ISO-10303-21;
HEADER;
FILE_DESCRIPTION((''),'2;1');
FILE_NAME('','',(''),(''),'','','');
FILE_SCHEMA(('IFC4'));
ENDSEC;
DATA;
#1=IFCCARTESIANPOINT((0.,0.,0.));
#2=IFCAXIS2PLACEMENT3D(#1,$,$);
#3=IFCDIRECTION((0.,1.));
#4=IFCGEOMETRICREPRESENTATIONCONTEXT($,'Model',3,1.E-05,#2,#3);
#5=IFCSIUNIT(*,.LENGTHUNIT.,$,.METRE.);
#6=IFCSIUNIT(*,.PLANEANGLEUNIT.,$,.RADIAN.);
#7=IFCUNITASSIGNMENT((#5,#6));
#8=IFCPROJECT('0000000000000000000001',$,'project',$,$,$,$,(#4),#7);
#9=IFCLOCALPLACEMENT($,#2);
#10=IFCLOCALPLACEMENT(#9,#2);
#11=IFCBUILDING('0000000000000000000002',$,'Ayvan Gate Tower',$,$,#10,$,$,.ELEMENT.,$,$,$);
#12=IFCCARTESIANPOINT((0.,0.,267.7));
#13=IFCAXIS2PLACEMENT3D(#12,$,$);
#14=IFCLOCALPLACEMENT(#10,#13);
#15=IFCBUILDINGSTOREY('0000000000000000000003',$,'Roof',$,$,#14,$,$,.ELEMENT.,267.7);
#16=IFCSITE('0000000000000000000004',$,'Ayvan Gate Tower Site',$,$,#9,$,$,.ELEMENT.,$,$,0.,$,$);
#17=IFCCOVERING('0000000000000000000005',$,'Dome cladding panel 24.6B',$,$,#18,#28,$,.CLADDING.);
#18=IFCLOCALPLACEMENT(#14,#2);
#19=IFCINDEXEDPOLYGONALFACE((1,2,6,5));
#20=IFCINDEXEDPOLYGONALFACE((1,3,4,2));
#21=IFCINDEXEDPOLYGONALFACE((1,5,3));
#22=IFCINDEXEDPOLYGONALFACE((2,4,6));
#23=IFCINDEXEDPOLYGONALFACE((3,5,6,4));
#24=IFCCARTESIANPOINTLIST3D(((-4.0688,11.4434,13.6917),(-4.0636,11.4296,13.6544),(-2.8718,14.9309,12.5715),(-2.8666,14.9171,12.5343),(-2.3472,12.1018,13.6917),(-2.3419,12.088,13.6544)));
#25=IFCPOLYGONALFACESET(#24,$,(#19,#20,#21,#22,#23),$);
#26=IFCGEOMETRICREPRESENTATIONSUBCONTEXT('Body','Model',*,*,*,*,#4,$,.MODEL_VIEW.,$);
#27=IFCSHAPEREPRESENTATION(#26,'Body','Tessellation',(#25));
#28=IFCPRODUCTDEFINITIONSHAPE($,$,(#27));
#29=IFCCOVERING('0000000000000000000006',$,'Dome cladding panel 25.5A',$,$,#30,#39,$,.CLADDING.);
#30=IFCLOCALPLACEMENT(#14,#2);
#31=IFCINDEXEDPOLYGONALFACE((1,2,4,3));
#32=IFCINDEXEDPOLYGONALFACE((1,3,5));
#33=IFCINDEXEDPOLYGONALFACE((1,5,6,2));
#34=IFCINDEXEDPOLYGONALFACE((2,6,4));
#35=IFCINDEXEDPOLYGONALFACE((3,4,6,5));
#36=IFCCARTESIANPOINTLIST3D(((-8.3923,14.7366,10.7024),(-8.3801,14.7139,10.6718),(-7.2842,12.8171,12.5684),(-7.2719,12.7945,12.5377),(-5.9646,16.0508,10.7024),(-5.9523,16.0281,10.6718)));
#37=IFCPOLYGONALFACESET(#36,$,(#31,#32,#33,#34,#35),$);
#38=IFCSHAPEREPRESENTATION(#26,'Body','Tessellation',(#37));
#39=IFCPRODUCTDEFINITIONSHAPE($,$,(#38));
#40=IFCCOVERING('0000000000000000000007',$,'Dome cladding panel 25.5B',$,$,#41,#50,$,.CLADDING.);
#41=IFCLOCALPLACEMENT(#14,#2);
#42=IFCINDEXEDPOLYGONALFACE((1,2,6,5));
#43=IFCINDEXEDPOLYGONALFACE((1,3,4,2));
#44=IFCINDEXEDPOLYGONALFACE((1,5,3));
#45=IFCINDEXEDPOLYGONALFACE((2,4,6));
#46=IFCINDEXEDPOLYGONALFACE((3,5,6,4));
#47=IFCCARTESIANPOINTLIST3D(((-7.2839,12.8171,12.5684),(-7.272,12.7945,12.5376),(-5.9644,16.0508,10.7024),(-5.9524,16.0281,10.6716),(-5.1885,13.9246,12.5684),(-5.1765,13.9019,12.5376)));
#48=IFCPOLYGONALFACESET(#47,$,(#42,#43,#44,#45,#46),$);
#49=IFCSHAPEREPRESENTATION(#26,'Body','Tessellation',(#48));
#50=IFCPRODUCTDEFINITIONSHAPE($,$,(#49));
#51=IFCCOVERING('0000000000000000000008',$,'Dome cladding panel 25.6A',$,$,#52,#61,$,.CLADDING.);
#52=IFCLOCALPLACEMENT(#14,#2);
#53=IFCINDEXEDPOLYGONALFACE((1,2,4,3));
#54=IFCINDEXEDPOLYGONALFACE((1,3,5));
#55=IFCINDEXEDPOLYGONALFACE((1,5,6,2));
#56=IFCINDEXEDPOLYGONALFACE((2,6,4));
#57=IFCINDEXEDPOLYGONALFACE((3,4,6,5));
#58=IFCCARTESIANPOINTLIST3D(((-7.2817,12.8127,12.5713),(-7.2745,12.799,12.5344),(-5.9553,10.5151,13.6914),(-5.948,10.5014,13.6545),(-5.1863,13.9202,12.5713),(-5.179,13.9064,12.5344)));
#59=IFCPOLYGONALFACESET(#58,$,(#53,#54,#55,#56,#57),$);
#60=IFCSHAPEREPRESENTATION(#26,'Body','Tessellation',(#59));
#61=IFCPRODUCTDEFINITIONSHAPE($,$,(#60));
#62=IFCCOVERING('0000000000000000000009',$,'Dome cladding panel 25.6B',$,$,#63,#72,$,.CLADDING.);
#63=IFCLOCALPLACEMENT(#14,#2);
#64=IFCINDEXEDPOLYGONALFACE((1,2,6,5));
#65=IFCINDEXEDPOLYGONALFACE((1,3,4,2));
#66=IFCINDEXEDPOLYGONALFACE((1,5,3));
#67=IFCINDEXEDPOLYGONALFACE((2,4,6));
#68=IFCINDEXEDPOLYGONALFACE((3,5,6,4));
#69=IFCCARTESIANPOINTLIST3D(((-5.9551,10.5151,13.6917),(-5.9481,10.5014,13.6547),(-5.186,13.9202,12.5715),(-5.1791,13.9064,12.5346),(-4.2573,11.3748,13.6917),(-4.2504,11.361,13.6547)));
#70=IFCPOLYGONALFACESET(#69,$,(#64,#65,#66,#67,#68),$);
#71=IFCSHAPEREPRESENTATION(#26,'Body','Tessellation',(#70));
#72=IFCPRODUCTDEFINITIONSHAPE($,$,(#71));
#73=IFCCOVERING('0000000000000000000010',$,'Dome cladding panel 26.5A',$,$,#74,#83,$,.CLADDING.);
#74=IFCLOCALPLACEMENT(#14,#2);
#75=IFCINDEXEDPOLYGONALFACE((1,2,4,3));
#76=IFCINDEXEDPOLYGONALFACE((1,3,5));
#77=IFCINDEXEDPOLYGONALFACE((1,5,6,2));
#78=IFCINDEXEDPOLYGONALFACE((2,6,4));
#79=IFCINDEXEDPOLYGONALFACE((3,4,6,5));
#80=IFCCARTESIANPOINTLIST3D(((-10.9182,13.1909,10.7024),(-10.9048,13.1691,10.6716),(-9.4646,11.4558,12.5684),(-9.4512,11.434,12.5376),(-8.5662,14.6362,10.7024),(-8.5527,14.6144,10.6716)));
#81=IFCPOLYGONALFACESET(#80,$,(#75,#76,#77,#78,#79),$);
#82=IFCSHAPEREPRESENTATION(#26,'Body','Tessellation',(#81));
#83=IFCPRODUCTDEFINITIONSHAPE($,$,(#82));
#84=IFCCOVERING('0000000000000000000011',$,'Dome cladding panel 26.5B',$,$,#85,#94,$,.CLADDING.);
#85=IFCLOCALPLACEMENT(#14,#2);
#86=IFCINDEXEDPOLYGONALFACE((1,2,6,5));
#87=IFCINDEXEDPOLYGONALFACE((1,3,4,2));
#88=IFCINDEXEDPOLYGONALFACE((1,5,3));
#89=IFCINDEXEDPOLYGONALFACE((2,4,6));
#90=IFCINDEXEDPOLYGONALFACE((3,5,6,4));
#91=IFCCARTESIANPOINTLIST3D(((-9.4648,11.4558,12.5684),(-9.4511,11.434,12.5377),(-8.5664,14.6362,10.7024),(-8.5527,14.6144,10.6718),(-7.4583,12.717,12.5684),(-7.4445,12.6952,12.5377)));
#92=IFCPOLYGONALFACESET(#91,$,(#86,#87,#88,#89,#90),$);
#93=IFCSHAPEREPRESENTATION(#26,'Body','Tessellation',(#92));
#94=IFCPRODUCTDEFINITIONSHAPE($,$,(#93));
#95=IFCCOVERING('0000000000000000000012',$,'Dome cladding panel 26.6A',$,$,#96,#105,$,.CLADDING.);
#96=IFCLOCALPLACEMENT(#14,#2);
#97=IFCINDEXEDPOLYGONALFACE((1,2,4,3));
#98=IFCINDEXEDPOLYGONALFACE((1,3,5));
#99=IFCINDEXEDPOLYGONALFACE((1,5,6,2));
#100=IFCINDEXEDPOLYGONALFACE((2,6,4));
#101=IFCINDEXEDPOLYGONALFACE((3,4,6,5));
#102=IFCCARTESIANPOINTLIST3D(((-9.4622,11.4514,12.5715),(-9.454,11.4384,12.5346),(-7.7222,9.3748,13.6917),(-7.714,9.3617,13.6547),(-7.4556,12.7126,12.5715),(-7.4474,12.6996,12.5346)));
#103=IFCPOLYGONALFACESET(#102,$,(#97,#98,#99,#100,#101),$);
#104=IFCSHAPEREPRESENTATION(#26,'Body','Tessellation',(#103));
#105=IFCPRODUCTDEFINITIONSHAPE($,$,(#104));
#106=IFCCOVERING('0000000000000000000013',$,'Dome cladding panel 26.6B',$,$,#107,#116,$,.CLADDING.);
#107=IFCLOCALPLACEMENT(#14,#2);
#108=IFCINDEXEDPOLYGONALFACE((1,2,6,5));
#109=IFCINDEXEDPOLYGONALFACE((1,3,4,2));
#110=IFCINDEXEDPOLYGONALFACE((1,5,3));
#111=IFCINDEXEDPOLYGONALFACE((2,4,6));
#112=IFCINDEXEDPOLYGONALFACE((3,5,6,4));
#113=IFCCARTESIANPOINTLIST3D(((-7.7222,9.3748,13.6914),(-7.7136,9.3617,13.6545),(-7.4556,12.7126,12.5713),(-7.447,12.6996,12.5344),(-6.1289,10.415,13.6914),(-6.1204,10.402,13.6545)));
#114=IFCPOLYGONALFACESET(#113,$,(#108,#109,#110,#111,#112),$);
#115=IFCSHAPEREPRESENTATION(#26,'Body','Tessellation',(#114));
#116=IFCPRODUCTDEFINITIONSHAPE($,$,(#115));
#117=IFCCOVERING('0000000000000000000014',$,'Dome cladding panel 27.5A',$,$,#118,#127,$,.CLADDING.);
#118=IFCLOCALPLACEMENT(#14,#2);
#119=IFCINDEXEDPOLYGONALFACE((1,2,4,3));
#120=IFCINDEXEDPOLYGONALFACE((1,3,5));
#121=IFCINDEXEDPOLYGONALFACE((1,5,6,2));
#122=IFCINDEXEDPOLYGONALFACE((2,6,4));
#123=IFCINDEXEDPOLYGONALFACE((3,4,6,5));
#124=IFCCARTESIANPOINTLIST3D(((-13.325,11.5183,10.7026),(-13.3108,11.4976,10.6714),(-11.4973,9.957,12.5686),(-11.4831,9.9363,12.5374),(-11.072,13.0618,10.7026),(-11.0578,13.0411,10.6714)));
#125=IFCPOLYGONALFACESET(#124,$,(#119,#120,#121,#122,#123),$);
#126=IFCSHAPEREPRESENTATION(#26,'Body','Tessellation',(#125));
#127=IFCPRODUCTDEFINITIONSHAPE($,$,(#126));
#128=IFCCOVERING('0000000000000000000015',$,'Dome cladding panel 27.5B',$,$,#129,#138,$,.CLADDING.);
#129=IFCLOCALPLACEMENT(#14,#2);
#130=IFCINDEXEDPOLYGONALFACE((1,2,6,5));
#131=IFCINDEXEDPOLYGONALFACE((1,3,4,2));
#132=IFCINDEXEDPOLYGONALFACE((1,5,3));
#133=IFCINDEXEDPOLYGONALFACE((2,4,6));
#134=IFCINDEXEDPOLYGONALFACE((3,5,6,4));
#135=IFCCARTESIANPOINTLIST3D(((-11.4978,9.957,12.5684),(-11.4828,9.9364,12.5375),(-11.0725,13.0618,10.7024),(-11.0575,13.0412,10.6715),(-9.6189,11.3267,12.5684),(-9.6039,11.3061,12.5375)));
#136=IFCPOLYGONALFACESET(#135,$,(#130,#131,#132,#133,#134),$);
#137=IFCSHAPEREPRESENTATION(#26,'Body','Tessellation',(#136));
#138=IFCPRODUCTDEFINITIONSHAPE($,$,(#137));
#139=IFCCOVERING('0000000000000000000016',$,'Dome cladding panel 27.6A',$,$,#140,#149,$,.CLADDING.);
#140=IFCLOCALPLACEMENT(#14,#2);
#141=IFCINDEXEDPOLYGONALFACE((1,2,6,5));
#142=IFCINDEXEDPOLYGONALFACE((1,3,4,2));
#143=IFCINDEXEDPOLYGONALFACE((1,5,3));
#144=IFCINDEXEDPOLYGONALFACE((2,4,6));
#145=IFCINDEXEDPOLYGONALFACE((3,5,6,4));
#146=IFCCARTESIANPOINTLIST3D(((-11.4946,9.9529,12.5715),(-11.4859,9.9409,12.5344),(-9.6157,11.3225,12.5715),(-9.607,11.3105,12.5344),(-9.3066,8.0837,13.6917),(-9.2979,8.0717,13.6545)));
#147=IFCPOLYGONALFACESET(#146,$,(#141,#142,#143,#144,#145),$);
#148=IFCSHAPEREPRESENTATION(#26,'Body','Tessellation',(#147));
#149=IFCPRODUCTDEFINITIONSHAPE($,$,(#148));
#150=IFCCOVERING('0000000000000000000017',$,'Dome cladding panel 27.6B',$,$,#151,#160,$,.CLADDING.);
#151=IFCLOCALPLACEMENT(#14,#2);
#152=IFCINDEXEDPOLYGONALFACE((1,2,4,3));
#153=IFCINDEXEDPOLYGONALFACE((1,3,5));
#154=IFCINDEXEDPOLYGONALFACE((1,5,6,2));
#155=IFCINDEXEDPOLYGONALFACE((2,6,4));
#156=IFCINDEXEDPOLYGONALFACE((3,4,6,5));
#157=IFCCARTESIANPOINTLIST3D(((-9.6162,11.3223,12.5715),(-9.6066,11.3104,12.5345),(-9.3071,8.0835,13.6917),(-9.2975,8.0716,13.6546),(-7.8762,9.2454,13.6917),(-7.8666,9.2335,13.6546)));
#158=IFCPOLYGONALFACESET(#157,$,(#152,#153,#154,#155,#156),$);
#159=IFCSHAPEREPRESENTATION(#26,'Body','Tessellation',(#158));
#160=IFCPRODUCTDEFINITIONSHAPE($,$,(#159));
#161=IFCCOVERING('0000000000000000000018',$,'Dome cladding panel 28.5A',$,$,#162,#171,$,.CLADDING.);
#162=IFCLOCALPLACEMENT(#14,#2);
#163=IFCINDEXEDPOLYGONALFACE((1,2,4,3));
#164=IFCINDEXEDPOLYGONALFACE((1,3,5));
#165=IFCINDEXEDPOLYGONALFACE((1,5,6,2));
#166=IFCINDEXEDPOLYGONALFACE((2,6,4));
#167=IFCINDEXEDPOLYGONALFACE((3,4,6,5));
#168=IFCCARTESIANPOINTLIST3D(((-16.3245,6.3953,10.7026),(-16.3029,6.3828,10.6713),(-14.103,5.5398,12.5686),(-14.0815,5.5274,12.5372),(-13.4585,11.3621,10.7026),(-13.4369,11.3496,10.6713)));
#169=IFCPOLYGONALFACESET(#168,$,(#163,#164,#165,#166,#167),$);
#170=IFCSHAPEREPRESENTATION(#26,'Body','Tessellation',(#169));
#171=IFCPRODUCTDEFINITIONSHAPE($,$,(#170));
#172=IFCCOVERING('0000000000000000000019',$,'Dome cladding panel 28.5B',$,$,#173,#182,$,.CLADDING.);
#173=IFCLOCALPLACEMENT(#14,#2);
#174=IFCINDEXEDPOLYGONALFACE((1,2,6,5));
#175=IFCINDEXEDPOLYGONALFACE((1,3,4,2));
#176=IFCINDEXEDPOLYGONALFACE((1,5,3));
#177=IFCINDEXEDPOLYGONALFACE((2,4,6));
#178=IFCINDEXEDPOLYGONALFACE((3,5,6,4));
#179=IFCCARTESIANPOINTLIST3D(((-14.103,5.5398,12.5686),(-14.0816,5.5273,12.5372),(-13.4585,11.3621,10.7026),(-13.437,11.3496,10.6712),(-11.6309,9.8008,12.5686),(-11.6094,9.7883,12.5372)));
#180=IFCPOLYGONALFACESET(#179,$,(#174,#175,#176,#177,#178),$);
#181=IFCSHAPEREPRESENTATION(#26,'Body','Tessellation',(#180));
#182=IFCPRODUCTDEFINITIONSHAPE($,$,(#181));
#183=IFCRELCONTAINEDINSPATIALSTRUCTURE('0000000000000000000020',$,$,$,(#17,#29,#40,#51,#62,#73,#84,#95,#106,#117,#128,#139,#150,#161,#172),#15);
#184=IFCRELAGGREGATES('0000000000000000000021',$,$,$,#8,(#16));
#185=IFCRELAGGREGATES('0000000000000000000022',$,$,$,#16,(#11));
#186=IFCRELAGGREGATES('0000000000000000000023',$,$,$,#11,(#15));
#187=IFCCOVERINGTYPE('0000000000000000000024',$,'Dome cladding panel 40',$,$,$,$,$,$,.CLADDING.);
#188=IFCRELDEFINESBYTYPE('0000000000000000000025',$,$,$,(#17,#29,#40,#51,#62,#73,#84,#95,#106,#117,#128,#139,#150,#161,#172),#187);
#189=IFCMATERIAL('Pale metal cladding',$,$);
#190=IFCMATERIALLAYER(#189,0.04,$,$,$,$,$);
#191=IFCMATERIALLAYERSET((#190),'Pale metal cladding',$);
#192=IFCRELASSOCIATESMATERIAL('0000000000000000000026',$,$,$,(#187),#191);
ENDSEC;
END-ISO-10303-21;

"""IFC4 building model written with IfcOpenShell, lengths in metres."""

from ifc_helpers import new_model, si_unit, direction, frame, origin, place, context, subcontext, project, spatial, polyline, outline, extrude, material, layer, layer_set, type_object, element, save


model = new_model("IFC4")

# Units and contexts
model_context = context("Model", 3, precision=1e-05, world=origin(), true_north=direction((0.0, 1.0)))
body_context = subcontext(model_context, "Body", "Model", "MODEL_VIEW")
ifc_project = project(units=[si_unit("LENGTHUNIT", "METRE"), si_unit("PLANEANGLEUNIT", "RADIAN")], contexts=[model_context])

# Site, building, storey
site_placement = place(None, origin())
site = spatial("IfcSite", under=ifc_project, at=site_placement, Name="Ayvan Gate Tower Site", CompositionType="ELEMENT", RefElevation=0.0)
building_placement = place(site_placement, origin())
building = spatial("IfcBuilding", under=site, at=building_placement, Name="Ayvan Gate Tower", CompositionType="ELEMENT")
storey_placement = place(building_placement, frame((0.0, 0.0, 267.7)))
storey = spatial("IfcBuildingStorey", under=building, at=storey_placement, Name="Roof", CompositionType="ELEMENT", Elevation=267.7)

# Coverings
ifc_material_1 = material(Name="Pale metal cladding")
ifc_layer_1 = layer(ifc_material_1, 0.04)
ifc_layer_set_1 = layer_set([ifc_layer_1], Name="Pale metal cladding")
covering_type = type_object("IfcCoveringType", Name="Dome cladding panel 40", PredefinedType="CLADDING", material=ifc_layer_set_1)
covering_1_placement = place(storey_placement, frame((-2.8718, 14.9309, 12.5715), z_axis=(-0.131468, 0.343756, 0.929811), x_axis=(-0.310621, -0.905002, 0.290665)))
element("IfcCovering", 1, at=covering_1_placement, inside=storey, type_object=covering_type, Name="Dome cladding panel 24.6B", PredefinedType="CLADDING", context=body_context, shape_type="SweptSolid", body=[
    extrude(outline(polyline([(0.0, 0.0), (3.8536, 0.0), (2.723, 1.4558), (0.0, 0.0)])), origin(), (0.0, 0.0, -1.0), 0.04),
])
covering_2_placement = place(storey_placement, frame((-5.9646, 16.0508, 10.7024), z_axis=(-0.30667, 0.56651, 0.764866), x_axis=(-0.879415, -0.476055, 0.0)))
element("IfcCovering", 2, at=covering_2_placement, inside=storey, type_object=covering_type, Name="Dome cladding panel 25.5A", PredefinedType="CLADDING", context=body_context, shape_type="SweptSolid", body=[
    extrude(outline(polyline([(0.0, 0.0), (2.7606, 0.0), (2.6999, 2.8966), (0.0, 0.0)])), origin(), (0.0, 0.0, -1.0), 0.04),
])
covering_3_placement = place(storey_placement, frame((-5.9644, 16.0508, 10.7024), z_axis=(-0.298872, 0.565524, 0.768673), x_axis=(-0.333249, -0.816629, 0.471234)))
element("IfcCovering", 3, at=covering_3_placement, inside=storey, type_object=covering_type, Name="Dome cladding panel 25.5B", PredefinedType="CLADDING", context=body_context, shape_type="SweptSolid", body=[
    extrude(outline(polyline([(0.0, 0.0), (3.9597, 0.0), (2.3571, 1.7461), (0.0, 0.0)])), origin(), (0.0, 0.0, -1.0), 0.04),
])
covering_4_placement = place(storey_placement, frame((-5.1863, 13.9202, 12.5713), z_axis=(-0.18185, 0.344095, 0.921157), x_axis=(-0.884126, -0.467249, 0.0)))
element("IfcCovering", 4, at=covering_4_placement, inside=storey, type_object=covering_type, Name="Dome cladding panel 25.6A", PredefinedType="CLADDING", context=body_context, shape_type="SweptSolid", body=[
    extrude(outline(polyline([(0.0, 0.0), (2.3701, 0.0), (2.2709, 2.8781), (0.0, 0.0)])), origin(), (0.0, 0.0, -1.0), 0.04),
])
covering_5_placement = place(storey_placement, frame((-5.186, 13.9202, 12.5715), z_axis=(-0.173622, 0.342904, 0.923186), x_axis=(-0.209771, -0.928787, 0.305533)))
element("IfcCovering", 5, at=covering_5_placement, inside=storey, type_object=covering_type, Name="Dome cladding panel 25.6B", PredefinedType="CLADDING", context=body_context, shape_type="SweptSolid", body=[
    extrude(outline(polyline([(0.0, 0.0), (3.6661, 0.0), (2.5116, 1.5127), (0.0, 0.0)])), origin(), (0.0, 0.0, -1.0), 0.04),
])
covering_6_placement = place(storey_placement, frame((-8.5662, 14.6362, 10.7024), z_axis=(-0.335149, 0.54541, 0.768247), x_axis=(-0.851998, -0.523545, 0.0)))
element("IfcCovering", 6, at=covering_6_placement, inside=storey, type_object=covering_type, Name="Dome cladding panel 26.5A", PredefinedType="CLADDING", context=body_context, shape_type="SweptSolid", body=[
    extrude(outline(polyline([(0.0, 0.0), (2.7606, 0.0), (2.4306, 2.9149), (0.0, 0.0)])), origin(), (0.0, 0.0, -1.0), 0.04),
])
covering_7_placement = place(storey_placement, frame((-8.5664, 14.6362, 10.7024), z_axis=(-0.342893, 0.545536, 0.764732), x_axis=(-0.236725, -0.837995, 0.491656)))
element("IfcCovering", 7, at=covering_7_placement, inside=storey, type_object=covering_type, Name="Dome cladding panel 26.5B", PredefinedType="CLADDING", context=body_context, shape_type="SweptSolid", body=[
    extrude(outline(polyline([(0.0, 0.0), (3.7953, 0.0), (2.2634, 1.8084), (0.0, 0.0)])), origin(), (0.0, 0.0, -1.0), 0.04),
])
covering_8_placement = place(storey_placement, frame((-7.4556, 12.7126, 12.5715), z_axis=(-0.204944, 0.326061, 0.922866), x_axis=(-0.846647, -0.532155, 0.0)))
element("IfcCovering", 8, at=covering_8_placement, inside=storey, type_object=covering_type, Name="Dome cladding panel 26.6A", PredefinedType="CLADDING", context=body_context, shape_type="SweptSolid", body=[
    extrude(outline(polyline([(0.0, 0.0), (2.37, 0.0), (2.002, 2.9085), (0.0, 0.0)])), origin(), (0.0, 0.0, -1.0), 0.04),
])
covering_9_placement = place(storey_placement, frame((-7.4556, 12.7126, 12.5713), z_axis=(-0.212912, 0.326088, 0.921051), x_axis=(-0.075505, -0.945337, 0.317233)))
element("IfcCovering", 9, at=covering_9_placement, inside=storey, type_object=covering_type, Name="Dome cladding panel 26.6B", PredefinedType="CLADDING", context=body_context, shape_type="SweptSolid", body=[
    extrude(outline(polyline([(0.0, 0.0), (3.5309, 0.0), (2.4272, 1.55), (0.0, 0.0)])), origin(), (0.0, 0.0, -1.0), 0.04),
])
covering_10_placement = place(storey_placement, frame((-11.072, 13.0618, 10.7026), z_axis=(-0.354128, 0.516908, 0.779358), x_axis=(-0.824969, -0.565177, 0.0)))
element("IfcCovering", 10, at=covering_10_placement, inside=storey, type_object=covering_type, Name="Dome cladding panel 27.5A", PredefinedType="CLADDING", context=body_context, shape_type="SweptSolid", body=[
    extrude(outline(polyline([(0.0, 0.0), (2.7309, 0.0), (2.1056, 2.978), (0.0, 0.0)])), origin(), (0.0, 0.0, -1.0), 0.04),
])
covering_11_placement = place(storey_placement, frame((-11.0725, 13.0618, 10.7024), z_axis=(-0.375201, 0.514714, 0.770904), x_axis=(-0.116608, -0.851265, 0.511616)))
element("IfcCovering", 11, at=covering_11_placement, inside=storey, type_object=covering_type, Name="Dome cladding panel 27.5B", PredefinedType="CLADDING", context=body_context, shape_type="SweptSolid", body=[
    extrude(outline(polyline([(0.0, 0.0), (3.6472, 0.0), (2.2622, 1.8676), (0.0, 0.0)])), origin(), (0.0, 0.0, -1.0), 0.04),
])
covering_12_placement = place(storey_placement, frame((-9.6157, 11.3225, 12.5715), z_axis=(-0.218838, 0.30021, 0.928431), x_axis=(-0.808091, -0.589058, 0.0)))
element("IfcCovering", 12, at=covering_12_placement, inside=storey, type_object=covering_type, Name="Dome cladding panel 27.6A", PredefinedType="CLADDING", context=body_context, shape_type="SweptSolid", body=[
    extrude(outline(polyline([(0.0, 0.0), (2.3251, 0.0), (1.6581, 3.0151), (0.0, 0.0)])), origin(), (0.0, 0.0, -1.0), 0.04),
])
covering_13_placement = place(storey_placement, frame((-9.6162, 11.3223, 12.5715), z_axis=(-0.240849, 0.296621, 0.924125), x_axis=(0.089826, -0.941255, 0.32553)))
element("IfcCovering", 13, at=covering_13_placement, inside=storey, type_object=covering_type, Name="Dome cladding panel 27.6B", PredefinedType="CLADDING", context=body_context, shape_type="SweptSolid", body=[
    extrude(outline(polyline([(0.0, 0.0), (3.4409, 0.0), (2.4758, 1.5704), (0.0, 0.0)])), origin(), (0.0, 0.0, -1.0), 0.04),
])
covering_14_placement = place(storey_placement, frame((-13.4585, 11.3621, 10.7026), z_axis=(-0.538373, 0.310655, 0.783357), x_axis=(-0.499789, -0.866147, 0.0)))
element("IfcCovering", 14, at=covering_14_placement, inside=storey, type_object=covering_type, Name="Dome cladding panel 28.5A", PredefinedType="CLADDING", context=body_context, shape_type="SweptSolid", body=[
    extrude(outline(polyline([(0.0, 0.0), (5.7344, 0.0), (5.3651, 3.002), (0.0, 0.0)])), origin(), (0.0, 0.0, -1.0), 0.04),
])
covering_15_placement = place(storey_placement, frame((-13.4585, 11.3621, 10.7026), z_axis=(-0.535858, 0.310898, 0.784983), x_axis=(-0.104839, -0.947041, 0.303515)))
element("IfcCovering", 15, at=covering_15_placement, inside=storey, type_object=covering_type, Name="Dome cladding panel 28.5B", PredefinedType="CLADDING", context=body_context, shape_type="SweptSolid", body=[
    extrude(outline(polyline([(0.0, 0.0), (6.1478, 0.0), (1.8533, 2.4135), (0.0, 0.0)])), origin(), (0.0, 0.0, -1.0), 0.04),
])

save(model, "model.ifc")
